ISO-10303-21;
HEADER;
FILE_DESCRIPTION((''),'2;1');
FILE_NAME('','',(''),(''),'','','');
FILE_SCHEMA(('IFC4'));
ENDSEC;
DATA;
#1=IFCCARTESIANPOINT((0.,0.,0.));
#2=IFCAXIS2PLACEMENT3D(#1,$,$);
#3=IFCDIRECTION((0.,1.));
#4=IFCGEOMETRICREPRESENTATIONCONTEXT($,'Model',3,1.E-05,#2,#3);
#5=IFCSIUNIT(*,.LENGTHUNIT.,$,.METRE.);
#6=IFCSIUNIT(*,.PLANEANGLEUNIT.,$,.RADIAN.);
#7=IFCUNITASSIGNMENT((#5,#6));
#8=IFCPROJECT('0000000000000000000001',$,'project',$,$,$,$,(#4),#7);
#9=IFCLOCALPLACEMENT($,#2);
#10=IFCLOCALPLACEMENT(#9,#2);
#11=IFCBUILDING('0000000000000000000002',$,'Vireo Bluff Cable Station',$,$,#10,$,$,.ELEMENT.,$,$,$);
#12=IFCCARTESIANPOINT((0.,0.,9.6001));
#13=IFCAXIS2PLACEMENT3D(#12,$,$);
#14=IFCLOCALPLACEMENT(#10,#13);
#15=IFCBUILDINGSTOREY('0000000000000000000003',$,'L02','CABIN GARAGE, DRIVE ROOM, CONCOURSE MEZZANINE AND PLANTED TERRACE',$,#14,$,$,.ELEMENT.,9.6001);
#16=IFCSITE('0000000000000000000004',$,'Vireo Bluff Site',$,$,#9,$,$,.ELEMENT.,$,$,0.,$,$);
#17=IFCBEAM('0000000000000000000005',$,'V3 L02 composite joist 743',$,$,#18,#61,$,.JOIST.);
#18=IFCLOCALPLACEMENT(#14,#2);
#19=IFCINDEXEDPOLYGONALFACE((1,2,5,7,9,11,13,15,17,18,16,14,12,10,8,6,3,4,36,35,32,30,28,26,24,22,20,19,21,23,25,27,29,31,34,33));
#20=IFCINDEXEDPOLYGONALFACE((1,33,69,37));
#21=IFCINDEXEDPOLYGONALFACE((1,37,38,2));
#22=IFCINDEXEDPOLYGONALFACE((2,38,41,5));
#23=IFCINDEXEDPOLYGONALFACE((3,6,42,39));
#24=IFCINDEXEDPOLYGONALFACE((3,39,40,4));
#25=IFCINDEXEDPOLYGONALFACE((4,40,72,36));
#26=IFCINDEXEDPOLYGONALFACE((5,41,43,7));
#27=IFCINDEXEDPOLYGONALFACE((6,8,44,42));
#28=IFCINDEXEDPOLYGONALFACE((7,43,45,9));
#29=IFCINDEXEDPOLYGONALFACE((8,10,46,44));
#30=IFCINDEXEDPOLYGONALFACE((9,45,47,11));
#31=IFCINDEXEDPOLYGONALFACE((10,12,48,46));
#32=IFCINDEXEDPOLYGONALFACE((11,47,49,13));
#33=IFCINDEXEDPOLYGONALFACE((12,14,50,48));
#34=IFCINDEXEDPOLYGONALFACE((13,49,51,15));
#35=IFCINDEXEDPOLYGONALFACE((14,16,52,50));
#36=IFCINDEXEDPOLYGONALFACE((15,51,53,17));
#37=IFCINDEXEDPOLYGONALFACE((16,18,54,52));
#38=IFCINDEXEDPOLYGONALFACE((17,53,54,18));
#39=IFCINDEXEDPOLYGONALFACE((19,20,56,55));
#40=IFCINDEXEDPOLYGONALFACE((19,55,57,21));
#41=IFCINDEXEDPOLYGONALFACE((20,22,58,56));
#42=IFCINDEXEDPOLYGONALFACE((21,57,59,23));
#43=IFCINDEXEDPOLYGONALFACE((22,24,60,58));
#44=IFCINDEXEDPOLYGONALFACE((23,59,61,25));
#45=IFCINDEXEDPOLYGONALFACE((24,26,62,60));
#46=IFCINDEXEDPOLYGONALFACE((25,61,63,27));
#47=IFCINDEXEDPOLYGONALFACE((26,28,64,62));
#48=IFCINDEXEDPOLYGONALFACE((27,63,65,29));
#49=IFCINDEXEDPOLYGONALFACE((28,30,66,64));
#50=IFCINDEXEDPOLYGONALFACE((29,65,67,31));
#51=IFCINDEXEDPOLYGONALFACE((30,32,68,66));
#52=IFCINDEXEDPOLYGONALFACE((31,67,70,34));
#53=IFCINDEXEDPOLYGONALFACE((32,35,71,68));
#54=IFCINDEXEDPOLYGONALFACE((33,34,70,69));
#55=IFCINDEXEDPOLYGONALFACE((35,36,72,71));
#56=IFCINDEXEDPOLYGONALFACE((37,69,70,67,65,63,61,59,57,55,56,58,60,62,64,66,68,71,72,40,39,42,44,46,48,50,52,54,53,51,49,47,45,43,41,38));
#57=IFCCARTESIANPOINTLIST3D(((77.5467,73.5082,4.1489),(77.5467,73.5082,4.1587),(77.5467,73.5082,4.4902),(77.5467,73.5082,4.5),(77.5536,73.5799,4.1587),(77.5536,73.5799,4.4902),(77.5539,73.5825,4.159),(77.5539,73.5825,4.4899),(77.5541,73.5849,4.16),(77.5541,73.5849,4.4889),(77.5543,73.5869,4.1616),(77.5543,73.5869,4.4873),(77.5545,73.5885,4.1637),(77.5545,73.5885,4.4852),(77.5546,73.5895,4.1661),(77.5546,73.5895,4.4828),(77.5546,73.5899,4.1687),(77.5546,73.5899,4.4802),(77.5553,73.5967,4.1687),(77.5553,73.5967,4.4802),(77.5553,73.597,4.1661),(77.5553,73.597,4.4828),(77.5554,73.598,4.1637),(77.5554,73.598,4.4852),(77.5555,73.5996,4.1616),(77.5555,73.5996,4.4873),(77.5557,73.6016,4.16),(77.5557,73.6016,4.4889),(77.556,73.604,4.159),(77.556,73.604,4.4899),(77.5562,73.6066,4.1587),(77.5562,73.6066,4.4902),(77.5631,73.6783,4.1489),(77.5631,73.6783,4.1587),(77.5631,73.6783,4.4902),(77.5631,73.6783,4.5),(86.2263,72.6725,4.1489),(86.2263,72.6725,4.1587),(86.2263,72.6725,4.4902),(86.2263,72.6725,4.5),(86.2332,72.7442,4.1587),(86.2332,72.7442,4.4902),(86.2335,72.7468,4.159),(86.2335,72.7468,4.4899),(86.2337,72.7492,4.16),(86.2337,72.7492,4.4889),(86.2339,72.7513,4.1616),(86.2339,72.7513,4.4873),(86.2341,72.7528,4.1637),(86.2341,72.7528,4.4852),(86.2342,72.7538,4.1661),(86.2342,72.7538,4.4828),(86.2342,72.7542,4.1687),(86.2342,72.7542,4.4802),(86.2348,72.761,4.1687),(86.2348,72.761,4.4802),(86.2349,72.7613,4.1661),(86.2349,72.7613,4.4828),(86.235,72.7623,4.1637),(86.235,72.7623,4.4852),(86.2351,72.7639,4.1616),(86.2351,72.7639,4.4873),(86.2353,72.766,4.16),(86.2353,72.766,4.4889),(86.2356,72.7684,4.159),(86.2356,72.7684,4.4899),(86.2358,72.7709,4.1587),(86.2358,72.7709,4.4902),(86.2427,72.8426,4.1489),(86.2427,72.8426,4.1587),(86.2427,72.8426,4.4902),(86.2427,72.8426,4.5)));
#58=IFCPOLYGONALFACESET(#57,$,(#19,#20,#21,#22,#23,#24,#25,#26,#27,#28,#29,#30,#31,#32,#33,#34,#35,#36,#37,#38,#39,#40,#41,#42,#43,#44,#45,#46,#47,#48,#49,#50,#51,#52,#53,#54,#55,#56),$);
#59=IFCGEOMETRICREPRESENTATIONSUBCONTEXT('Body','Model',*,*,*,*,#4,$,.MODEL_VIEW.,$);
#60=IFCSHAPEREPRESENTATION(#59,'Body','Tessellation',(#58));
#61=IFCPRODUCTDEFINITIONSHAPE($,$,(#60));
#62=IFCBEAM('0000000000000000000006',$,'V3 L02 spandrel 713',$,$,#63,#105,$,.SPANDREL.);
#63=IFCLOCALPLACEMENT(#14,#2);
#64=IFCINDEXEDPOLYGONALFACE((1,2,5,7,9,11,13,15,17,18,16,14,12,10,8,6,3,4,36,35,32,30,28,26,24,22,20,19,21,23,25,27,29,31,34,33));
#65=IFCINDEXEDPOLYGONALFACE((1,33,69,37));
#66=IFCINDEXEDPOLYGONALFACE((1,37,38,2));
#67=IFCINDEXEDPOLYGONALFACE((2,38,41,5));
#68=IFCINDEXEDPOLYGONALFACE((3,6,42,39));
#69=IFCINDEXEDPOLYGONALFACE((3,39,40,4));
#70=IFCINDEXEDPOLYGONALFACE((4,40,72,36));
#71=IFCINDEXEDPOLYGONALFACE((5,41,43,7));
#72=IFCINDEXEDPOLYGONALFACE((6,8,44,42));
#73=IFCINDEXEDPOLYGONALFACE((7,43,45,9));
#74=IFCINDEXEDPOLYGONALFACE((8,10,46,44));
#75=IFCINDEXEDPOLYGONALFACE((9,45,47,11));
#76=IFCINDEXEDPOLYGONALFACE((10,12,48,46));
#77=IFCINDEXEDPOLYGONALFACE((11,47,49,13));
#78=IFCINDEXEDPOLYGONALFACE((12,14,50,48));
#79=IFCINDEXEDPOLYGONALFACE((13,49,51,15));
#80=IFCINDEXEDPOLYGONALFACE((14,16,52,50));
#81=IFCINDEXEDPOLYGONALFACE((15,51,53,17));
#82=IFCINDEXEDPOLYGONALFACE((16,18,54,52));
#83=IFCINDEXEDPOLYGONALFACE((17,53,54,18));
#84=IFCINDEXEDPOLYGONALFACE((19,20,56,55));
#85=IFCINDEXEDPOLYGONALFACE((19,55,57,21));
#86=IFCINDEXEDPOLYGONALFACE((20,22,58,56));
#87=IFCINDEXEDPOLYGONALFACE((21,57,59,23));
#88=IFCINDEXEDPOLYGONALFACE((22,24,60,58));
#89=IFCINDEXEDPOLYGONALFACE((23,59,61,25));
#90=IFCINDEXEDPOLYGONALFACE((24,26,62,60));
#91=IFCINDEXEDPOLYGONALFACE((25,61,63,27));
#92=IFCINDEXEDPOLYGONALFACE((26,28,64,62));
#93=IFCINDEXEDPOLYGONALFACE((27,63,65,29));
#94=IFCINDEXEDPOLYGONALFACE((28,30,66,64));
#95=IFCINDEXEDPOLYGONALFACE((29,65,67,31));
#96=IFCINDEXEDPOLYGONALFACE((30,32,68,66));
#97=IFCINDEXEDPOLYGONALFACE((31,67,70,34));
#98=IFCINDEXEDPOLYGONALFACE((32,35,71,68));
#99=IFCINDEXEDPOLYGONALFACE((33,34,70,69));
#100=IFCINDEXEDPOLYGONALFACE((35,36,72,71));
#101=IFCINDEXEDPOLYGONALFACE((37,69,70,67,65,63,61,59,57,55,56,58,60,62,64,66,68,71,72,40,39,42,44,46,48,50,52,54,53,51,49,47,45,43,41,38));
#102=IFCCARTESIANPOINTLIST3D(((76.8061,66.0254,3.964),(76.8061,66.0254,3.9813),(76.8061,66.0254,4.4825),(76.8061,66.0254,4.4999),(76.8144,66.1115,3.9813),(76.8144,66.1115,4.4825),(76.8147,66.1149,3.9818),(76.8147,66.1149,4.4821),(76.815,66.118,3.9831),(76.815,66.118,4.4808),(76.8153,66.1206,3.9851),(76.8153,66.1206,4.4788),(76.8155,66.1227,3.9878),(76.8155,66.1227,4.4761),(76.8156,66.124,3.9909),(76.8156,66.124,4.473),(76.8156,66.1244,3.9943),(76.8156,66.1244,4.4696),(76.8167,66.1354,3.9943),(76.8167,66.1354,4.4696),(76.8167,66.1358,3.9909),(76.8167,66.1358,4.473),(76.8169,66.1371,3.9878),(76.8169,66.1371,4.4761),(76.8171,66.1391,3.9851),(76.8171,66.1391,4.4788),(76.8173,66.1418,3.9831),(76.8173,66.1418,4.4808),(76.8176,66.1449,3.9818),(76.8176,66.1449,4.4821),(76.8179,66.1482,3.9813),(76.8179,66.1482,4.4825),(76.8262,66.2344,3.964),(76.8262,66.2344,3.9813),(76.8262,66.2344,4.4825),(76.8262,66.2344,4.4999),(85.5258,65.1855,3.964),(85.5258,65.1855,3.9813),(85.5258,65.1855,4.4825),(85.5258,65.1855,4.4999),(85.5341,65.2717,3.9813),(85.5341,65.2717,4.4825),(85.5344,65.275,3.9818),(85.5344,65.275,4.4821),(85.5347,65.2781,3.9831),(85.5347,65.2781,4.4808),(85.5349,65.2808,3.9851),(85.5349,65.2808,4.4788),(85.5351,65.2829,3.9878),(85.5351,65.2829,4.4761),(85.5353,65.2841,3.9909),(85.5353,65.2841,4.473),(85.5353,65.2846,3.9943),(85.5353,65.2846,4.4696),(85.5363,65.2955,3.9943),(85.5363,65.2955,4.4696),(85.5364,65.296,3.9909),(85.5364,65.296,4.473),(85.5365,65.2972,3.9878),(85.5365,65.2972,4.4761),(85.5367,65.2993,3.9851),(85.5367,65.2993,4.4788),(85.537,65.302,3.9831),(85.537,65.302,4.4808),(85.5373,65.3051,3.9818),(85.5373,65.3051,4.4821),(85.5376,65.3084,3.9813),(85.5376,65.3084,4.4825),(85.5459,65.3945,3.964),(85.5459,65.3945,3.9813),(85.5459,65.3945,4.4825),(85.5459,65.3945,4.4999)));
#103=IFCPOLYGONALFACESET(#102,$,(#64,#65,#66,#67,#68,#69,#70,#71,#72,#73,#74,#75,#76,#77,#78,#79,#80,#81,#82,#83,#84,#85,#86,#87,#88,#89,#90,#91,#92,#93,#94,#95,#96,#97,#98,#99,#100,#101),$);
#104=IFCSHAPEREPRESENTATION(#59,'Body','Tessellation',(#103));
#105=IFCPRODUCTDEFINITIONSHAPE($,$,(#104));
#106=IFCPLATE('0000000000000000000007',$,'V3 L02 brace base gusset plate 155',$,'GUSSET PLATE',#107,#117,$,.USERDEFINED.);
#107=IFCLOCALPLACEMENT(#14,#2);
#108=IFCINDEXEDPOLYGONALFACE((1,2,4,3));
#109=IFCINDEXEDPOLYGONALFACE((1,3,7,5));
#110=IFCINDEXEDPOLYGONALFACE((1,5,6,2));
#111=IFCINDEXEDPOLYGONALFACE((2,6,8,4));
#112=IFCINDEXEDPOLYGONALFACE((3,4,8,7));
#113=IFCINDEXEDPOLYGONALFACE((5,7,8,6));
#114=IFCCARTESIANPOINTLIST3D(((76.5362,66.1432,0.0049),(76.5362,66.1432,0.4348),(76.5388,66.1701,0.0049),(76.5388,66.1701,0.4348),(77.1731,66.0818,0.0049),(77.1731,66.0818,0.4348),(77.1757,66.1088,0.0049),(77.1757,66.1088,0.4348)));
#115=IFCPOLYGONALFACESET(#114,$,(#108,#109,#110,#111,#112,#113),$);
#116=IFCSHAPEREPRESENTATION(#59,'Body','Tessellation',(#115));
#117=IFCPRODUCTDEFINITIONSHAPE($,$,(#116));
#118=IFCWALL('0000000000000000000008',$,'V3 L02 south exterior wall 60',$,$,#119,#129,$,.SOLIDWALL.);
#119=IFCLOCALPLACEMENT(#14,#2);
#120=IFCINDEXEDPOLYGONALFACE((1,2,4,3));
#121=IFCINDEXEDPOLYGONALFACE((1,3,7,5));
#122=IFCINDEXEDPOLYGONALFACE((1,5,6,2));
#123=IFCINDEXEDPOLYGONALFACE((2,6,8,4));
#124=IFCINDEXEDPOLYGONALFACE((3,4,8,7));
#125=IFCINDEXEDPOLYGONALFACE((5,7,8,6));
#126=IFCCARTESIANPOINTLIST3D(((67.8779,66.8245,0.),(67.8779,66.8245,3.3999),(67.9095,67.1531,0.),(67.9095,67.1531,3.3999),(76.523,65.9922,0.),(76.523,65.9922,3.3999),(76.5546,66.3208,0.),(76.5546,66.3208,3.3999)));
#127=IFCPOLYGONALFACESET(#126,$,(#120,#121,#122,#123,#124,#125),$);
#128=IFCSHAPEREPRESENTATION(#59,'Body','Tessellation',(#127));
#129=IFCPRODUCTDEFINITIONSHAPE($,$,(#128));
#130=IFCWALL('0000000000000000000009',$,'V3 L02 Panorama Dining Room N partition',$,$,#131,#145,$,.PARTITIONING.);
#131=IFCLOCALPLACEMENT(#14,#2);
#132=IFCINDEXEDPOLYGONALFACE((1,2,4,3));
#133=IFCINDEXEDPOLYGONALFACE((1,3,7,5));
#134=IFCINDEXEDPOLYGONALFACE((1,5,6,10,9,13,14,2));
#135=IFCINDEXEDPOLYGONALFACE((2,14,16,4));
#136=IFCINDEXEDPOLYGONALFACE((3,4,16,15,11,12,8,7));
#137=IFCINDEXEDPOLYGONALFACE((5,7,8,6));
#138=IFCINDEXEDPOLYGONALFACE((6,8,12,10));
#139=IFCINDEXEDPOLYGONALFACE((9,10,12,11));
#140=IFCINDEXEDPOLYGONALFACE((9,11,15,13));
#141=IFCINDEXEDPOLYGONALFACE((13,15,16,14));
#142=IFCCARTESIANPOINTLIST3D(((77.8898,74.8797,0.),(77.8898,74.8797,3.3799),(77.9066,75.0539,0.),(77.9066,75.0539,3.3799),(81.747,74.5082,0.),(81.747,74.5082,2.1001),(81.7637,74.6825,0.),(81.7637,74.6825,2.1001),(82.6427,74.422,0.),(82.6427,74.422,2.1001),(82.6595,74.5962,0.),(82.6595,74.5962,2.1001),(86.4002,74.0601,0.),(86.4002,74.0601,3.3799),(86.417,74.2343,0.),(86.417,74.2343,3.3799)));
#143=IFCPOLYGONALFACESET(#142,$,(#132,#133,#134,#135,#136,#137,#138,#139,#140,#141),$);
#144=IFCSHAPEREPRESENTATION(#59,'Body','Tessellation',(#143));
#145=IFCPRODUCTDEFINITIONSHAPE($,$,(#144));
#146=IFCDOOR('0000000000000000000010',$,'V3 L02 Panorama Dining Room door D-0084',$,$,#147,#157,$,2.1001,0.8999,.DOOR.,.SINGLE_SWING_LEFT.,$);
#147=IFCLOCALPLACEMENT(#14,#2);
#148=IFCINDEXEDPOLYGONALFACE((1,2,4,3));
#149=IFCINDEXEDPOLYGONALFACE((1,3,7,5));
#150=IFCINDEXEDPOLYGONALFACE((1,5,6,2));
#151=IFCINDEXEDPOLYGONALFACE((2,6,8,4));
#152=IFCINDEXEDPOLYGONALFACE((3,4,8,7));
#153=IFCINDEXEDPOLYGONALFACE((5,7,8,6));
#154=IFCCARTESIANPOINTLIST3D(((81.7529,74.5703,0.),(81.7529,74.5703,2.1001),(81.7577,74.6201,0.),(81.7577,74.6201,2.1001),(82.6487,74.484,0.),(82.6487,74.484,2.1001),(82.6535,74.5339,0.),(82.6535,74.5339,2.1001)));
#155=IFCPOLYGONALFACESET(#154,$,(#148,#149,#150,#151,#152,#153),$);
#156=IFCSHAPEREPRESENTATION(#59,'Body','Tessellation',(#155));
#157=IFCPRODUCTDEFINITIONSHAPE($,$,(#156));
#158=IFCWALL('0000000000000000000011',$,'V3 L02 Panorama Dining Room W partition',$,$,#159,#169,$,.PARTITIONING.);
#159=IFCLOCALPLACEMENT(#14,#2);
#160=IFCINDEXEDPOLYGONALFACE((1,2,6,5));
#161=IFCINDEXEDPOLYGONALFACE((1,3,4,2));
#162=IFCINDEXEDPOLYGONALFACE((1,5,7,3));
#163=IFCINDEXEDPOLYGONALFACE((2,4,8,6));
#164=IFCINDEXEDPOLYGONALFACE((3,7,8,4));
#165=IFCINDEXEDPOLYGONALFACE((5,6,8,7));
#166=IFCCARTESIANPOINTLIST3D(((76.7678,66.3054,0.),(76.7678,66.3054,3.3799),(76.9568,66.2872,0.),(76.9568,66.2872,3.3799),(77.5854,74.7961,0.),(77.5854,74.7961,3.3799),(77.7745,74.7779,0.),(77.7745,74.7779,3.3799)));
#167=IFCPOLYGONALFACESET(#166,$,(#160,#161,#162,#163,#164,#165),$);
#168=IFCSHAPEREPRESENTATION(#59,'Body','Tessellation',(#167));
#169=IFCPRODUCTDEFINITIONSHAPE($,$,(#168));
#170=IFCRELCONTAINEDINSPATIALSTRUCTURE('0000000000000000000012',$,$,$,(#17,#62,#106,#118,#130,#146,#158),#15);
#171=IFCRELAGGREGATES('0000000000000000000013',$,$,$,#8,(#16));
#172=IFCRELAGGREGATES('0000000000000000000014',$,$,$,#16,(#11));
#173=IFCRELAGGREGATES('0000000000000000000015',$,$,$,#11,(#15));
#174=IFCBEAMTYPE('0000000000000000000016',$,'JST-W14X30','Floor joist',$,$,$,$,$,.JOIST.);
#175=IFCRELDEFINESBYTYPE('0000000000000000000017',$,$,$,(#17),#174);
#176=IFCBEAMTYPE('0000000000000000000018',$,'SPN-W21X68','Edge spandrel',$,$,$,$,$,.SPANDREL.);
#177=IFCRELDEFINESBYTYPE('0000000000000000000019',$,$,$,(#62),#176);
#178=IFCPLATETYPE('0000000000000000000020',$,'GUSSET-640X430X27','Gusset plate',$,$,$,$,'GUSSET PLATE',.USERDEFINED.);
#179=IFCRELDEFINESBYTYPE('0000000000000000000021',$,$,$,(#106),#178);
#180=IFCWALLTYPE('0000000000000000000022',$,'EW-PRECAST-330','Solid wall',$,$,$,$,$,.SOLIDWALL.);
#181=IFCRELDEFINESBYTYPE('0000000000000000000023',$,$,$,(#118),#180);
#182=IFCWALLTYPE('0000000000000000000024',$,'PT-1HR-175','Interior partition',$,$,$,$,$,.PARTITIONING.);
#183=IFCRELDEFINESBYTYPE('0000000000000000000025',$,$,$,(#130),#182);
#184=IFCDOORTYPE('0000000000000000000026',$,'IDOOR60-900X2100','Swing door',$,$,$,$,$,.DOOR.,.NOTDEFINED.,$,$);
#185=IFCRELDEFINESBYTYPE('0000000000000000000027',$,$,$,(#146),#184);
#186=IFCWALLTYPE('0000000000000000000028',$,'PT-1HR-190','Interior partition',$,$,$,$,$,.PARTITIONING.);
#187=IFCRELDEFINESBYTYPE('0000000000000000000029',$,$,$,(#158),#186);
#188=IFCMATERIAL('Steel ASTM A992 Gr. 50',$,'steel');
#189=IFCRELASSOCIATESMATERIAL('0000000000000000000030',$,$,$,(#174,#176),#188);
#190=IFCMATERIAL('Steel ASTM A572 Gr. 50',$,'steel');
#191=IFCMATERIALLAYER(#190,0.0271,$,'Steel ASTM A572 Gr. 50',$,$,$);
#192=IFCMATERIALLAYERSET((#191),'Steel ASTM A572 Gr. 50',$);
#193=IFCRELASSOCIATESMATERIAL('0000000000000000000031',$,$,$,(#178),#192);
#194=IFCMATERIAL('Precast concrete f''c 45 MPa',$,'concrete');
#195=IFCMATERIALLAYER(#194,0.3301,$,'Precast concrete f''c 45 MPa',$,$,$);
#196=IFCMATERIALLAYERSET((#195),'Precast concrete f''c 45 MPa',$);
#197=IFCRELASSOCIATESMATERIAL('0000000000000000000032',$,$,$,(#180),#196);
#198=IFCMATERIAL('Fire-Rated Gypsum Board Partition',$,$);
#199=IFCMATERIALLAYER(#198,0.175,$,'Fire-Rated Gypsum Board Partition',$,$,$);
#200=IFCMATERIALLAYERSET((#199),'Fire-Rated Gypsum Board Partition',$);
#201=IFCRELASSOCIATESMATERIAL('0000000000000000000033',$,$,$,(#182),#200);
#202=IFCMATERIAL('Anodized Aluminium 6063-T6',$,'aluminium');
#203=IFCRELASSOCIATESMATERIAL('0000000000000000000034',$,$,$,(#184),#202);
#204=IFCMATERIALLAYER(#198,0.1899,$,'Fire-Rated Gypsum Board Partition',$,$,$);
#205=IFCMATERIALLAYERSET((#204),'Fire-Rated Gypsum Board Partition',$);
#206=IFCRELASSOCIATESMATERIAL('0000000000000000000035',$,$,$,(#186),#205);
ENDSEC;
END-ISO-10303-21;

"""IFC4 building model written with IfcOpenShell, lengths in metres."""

from ifc_helpers import new_model, si_unit, direction, frame, frame_2d, origin, origin_with_axes, origin_2d, place, context, subcontext, project, spatial, rectangle, i_section, extrude, material, layer, layer_set, material_profile, profile_set, type_object, element, fill, save


model = new_model("IFC4")

# Units and contexts
model_context = context("Model", 3, precision=1e-05, world=origin(), true_north=direction((0.0, 1.0)))
body_context = subcontext(model_context, "Body", "Model", "MODEL_VIEW")
ifc_project = project(units=[si_unit("LENGTHUNIT", "METRE"), si_unit("PLANEANGLEUNIT", "RADIAN")], contexts=[model_context])

# Site, building, storey
site_placement = place(None, origin())
site = spatial("IfcSite", under=ifc_project, at=site_placement, Name="Vireo Bluff Site", CompositionType="ELEMENT", RefElevation=0.0)
building_placement = place(site_placement, origin())
building = spatial("IfcBuilding", under=site, at=building_placement, Name="Vireo Bluff Cable Station", CompositionType="ELEMENT")
storey_placement = place(building_placement, frame((0.0, 0.0, 9.6001)))
storey = spatial("IfcBuildingStorey", under=building, at=storey_placement, Name="L02", Description="CABIN GARAGE, DRIVE ROOM, CONCOURSE MEZZANINE AND PLANTED TERRACE", CompositionType="ELEMENT", Elevation=9.6001)

# Shared definitions
ifc_material_1 = material(Name="Steel ASTM A992 Gr. 50", Category="steel")

# Beams
ifc_material_profile_1 = material_profile(ifc_material_1, i_section(OverallWidth=0.1709, OverallDepth=0.3511, WebThickness=0.0068, FlangeThickness=0.0098, FilletRadius=0.01, at=origin_2d()), Name="W14X30")
ifc_profile_set_1 = profile_set([ifc_material_profile_1], Name="Steel ASTM A992 Gr. 50")
beam_type_1 = type_object("IfcBeamType", Name="JST-W14X30", Description="Floor joist", PredefinedType="JOIST", material=ifc_profile_set_1)
beam_1_placement = place(storey_placement, frame((77.5549, 73.5933, 4.3245), z_axis=(0.995397, -0.095838, 0.0), x_axis=(0.095838, 0.995397, 0.0)))
element("IfcBeam", 1, at=beam_1_placement, inside=storey, type_object=beam_type_1, Name="V3 L02 composite joist 743", PredefinedType="JOIST", context=body_context, shape_type="SweptSolid", body=[
    extrude(i_section(OverallWidth=0.1709, OverallDepth=0.3511, WebThickness=0.0068, FlangeThickness=0.0098, FilletRadius=0.01, at=origin_2d()), origin(), (0.0, 0.0, 1.0), 8.7197),
])
ifc_material_profile_2 = material_profile(ifc_material_1, i_section(OverallWidth=0.21, OverallDepth=0.5359, WebThickness=0.011, FlangeThickness=0.0173, FilletRadius=0.0129, at=origin_2d()), Name="W21X68")
ifc_profile_set_2 = profile_set([ifc_material_profile_2], Name="Steel ASTM A992 Gr. 50")
beam_type_2 = type_object("IfcBeamType", Name="SPN-W21X68", Description="Edge spandrel", PredefinedType="SPANDREL", material=ifc_profile_set_2)
beam_2_placement = place(storey_placement, frame((76.8162, 66.1299, 4.2319), z_axis=(0.995394, -0.095872, 0.0), x_axis=(0.095872, 0.995394, 0.0)))
element("IfcBeam", 2, at=beam_2_placement, inside=storey, type_object=beam_type_2, Name="V3 L02 spandrel 713", PredefinedType="SPANDREL", context=body_context, shape_type="SweptSolid", body=[
    extrude(i_section(OverallWidth=0.21, OverallDepth=0.5359, WebThickness=0.011, FlangeThickness=0.0173, FilletRadius=0.0129, at=origin_2d()), origin(), (0.0, 0.0, 1.0), 8.76),
])

# Plate
ifc_material_2 = material(Name="Steel ASTM A572 Gr. 50", Category="steel")
ifc_layer_1 = layer(ifc_material_2, 0.0271, Name="Steel ASTM A572 Gr. 50")
ifc_layer_set_1 = layer_set([ifc_layer_1], Name="Steel ASTM A572 Gr. 50")
plate_type = type_object("IfcPlateType", Name="GUSSET-640X430X27", Description="Gusset plate", ElementType="GUSSET PLATE", PredefinedType="USERDEFINED", material=ifc_layer_set_1)
plate_placement = place(storey_placement, frame((76.856, 66.126, 0.0049), z_axis=(0.0, 0.0, 1.0), x_axis=(0.995396, -0.095846, 0.0)))
element("IfcPlate", 3, at=plate_placement, inside=storey, type_object=plate_type, Name="V3 L02 brace base gusset plate 155", ObjectType="GUSSET PLATE", PredefinedType="USERDEFINED", context=body_context, shape_type="SweptSolid", body=[
    extrude(rectangle(XDim=0.6399, YDim=0.0271, at=origin_2d()), origin(), (0.0, 0.0, 1.0), 0.4299),
])

# Wall
ifc_material_3 = material(Name="Precast concrete f'c 45 MPa", Category="concrete")
ifc_layer_2 = layer(ifc_material_3, 0.3301, Name="Precast concrete f'c 45 MPa")
ifc_layer_set_2 = layer_set([ifc_layer_2], Name="Precast concrete f'c 45 MPa")
wall_type_1 = type_object("IfcWallType", Name="EW-PRECAST-330", Description="Solid wall", PredefinedType="SOLIDWALL", material=ifc_layer_set_2)
wall_1_placement = place(storey_placement, frame((76.5388, 66.1565, 0.0), z_axis=(0.0, 0.0, 1.0), x_axis=(-0.995398, 0.095829, 0.0)))
element("IfcWall", 4, at=wall_1_placement, inside=storey, type_object=wall_type_1, Name="V3 L02 south exterior wall 60", PredefinedType="SOLIDWALL", context=body_context, shape_type="SweptSolid", body=[
    extrude(rectangle(XDim=8.6851, YDim=0.3301, at=frame_2d((4.3425, 0.0))), origin(), (0.0, 0.0, 1.0), 3.3999),
])

# Wall, opening, door
ifc_material_4 = material(Name="Fire-Rated Gypsum Board Partition")
ifc_layer_3 = layer(ifc_material_4, 0.175, Name="Fire-Rated Gypsum Board Partition")
ifc_layer_set_3 = layer_set([ifc_layer_3], Name="Fire-Rated Gypsum Board Partition")
wall_type_2 = type_object("IfcWallType", Name="PT-1HR-175", Description="Interior partition", PredefinedType="PARTITIONING", material=ifc_layer_set_3)
wall_2_placement = place(storey_placement, frame((77.8982, 74.9668, 0.0), z_axis=(0.0, 0.0, 1.0), x_axis=(0.995395, -0.095859, 0.0)))
wall_2 = element("IfcWall", 5, at=wall_2_placement, inside=storey, type_object=wall_type_2, Name="V3 L02 Panorama Dining Room N partition", PredefinedType="PARTITIONING", context=body_context, shape_type="SweptSolid", body=[
    extrude(rectangle(XDim=8.5498, YDim=0.175, at=frame_2d((4.2749, 0.0))), origin(), (0.0, 0.0, 1.0), 3.3799),
])
opening_1_placement = place(wall_2_placement, frame((3.875, 0.0, 0.0)))
opening_1 = element("IfcOpeningElement", 6, at=opening_1_placement, cuts=wall_2, PredefinedType="OPENING", context=body_context, shape_type="SweptSolid", body=[
    extrude(rectangle(XDim=0.8999, YDim=2.1001, at=frame_2d((0.45, 1.05))), frame((0.0, 0.0977, 0.0), z_axis=(0.0, -1.0, 0.0), x_axis=(1.0, 0.0, 0.0)), (0.0, 0.0, 1.0), 0.1951),
])
ifc_material_5 = material(Name="Anodized Aluminium 6063-T6", Category="aluminium")
door_type_1 = type_object("IfcDoorType", Name="IDOOR60-900X2100", Description="Swing door", OperationType="NOTDEFINED", PredefinedType="DOOR", material=ifc_material_5)
door_1_placement = place(opening_1_placement, origin_with_axes())
door_1 = element("IfcDoor", 7, at=door_1_placement, inside=storey, type_object=door_type_1, Name="V3 L02 Panorama Dining Room door D-0084", OperationType="SINGLE_SWING_LEFT", OverallHeight=2.1001, OverallWidth=0.8999, PredefinedType="DOOR", context=body_context, shape_type="SweptSolid", body=[
    extrude(rectangle(XDim=0.8999, YDim=2.1001, at=frame_2d((0.45, 1.05))), frame((0.0, 0.0249, 0.0), z_axis=(0.0, -1.0, 0.0), x_axis=(1.0, 0.0, 0.0)), (0.0, 0.0, 1.0), 0.05),
])
fill(opening_1, door_1)

# Wall
ifc_layer_4 = layer(ifc_material_4, 0.1899, Name="Fire-Rated Gypsum Board Partition")
ifc_layer_set_4 = layer_set([ifc_layer_4], Name="Fire-Rated Gypsum Board Partition")
wall_type_3 = type_object("IfcWallType", Name="PT-1HR-190", Description="Interior partition", PredefinedType="PARTITIONING", material=ifc_layer_set_4)
wall_3_placement = place(storey_placement, frame((76.8623, 66.2961, 0.0), z_axis=(0.0, 0.0, 1.0), x_axis=(0.095853, 0.995395, 0.0)))
element("IfcWall", 8, at=wall_3_placement, inside=storey, type_object=wall_type_3, Name="V3 L02 Panorama Dining Room W partition", PredefinedType="PARTITIONING", context=body_context, shape_type="SweptSolid", body=[
    extrude(rectangle(XDim=8.53, YDim=0.1899, at=frame_2d((4.2651, 0.0))), origin(), (0.0, 0.0, 1.0), 3.3799),
])

save(model, "model.ifc")
